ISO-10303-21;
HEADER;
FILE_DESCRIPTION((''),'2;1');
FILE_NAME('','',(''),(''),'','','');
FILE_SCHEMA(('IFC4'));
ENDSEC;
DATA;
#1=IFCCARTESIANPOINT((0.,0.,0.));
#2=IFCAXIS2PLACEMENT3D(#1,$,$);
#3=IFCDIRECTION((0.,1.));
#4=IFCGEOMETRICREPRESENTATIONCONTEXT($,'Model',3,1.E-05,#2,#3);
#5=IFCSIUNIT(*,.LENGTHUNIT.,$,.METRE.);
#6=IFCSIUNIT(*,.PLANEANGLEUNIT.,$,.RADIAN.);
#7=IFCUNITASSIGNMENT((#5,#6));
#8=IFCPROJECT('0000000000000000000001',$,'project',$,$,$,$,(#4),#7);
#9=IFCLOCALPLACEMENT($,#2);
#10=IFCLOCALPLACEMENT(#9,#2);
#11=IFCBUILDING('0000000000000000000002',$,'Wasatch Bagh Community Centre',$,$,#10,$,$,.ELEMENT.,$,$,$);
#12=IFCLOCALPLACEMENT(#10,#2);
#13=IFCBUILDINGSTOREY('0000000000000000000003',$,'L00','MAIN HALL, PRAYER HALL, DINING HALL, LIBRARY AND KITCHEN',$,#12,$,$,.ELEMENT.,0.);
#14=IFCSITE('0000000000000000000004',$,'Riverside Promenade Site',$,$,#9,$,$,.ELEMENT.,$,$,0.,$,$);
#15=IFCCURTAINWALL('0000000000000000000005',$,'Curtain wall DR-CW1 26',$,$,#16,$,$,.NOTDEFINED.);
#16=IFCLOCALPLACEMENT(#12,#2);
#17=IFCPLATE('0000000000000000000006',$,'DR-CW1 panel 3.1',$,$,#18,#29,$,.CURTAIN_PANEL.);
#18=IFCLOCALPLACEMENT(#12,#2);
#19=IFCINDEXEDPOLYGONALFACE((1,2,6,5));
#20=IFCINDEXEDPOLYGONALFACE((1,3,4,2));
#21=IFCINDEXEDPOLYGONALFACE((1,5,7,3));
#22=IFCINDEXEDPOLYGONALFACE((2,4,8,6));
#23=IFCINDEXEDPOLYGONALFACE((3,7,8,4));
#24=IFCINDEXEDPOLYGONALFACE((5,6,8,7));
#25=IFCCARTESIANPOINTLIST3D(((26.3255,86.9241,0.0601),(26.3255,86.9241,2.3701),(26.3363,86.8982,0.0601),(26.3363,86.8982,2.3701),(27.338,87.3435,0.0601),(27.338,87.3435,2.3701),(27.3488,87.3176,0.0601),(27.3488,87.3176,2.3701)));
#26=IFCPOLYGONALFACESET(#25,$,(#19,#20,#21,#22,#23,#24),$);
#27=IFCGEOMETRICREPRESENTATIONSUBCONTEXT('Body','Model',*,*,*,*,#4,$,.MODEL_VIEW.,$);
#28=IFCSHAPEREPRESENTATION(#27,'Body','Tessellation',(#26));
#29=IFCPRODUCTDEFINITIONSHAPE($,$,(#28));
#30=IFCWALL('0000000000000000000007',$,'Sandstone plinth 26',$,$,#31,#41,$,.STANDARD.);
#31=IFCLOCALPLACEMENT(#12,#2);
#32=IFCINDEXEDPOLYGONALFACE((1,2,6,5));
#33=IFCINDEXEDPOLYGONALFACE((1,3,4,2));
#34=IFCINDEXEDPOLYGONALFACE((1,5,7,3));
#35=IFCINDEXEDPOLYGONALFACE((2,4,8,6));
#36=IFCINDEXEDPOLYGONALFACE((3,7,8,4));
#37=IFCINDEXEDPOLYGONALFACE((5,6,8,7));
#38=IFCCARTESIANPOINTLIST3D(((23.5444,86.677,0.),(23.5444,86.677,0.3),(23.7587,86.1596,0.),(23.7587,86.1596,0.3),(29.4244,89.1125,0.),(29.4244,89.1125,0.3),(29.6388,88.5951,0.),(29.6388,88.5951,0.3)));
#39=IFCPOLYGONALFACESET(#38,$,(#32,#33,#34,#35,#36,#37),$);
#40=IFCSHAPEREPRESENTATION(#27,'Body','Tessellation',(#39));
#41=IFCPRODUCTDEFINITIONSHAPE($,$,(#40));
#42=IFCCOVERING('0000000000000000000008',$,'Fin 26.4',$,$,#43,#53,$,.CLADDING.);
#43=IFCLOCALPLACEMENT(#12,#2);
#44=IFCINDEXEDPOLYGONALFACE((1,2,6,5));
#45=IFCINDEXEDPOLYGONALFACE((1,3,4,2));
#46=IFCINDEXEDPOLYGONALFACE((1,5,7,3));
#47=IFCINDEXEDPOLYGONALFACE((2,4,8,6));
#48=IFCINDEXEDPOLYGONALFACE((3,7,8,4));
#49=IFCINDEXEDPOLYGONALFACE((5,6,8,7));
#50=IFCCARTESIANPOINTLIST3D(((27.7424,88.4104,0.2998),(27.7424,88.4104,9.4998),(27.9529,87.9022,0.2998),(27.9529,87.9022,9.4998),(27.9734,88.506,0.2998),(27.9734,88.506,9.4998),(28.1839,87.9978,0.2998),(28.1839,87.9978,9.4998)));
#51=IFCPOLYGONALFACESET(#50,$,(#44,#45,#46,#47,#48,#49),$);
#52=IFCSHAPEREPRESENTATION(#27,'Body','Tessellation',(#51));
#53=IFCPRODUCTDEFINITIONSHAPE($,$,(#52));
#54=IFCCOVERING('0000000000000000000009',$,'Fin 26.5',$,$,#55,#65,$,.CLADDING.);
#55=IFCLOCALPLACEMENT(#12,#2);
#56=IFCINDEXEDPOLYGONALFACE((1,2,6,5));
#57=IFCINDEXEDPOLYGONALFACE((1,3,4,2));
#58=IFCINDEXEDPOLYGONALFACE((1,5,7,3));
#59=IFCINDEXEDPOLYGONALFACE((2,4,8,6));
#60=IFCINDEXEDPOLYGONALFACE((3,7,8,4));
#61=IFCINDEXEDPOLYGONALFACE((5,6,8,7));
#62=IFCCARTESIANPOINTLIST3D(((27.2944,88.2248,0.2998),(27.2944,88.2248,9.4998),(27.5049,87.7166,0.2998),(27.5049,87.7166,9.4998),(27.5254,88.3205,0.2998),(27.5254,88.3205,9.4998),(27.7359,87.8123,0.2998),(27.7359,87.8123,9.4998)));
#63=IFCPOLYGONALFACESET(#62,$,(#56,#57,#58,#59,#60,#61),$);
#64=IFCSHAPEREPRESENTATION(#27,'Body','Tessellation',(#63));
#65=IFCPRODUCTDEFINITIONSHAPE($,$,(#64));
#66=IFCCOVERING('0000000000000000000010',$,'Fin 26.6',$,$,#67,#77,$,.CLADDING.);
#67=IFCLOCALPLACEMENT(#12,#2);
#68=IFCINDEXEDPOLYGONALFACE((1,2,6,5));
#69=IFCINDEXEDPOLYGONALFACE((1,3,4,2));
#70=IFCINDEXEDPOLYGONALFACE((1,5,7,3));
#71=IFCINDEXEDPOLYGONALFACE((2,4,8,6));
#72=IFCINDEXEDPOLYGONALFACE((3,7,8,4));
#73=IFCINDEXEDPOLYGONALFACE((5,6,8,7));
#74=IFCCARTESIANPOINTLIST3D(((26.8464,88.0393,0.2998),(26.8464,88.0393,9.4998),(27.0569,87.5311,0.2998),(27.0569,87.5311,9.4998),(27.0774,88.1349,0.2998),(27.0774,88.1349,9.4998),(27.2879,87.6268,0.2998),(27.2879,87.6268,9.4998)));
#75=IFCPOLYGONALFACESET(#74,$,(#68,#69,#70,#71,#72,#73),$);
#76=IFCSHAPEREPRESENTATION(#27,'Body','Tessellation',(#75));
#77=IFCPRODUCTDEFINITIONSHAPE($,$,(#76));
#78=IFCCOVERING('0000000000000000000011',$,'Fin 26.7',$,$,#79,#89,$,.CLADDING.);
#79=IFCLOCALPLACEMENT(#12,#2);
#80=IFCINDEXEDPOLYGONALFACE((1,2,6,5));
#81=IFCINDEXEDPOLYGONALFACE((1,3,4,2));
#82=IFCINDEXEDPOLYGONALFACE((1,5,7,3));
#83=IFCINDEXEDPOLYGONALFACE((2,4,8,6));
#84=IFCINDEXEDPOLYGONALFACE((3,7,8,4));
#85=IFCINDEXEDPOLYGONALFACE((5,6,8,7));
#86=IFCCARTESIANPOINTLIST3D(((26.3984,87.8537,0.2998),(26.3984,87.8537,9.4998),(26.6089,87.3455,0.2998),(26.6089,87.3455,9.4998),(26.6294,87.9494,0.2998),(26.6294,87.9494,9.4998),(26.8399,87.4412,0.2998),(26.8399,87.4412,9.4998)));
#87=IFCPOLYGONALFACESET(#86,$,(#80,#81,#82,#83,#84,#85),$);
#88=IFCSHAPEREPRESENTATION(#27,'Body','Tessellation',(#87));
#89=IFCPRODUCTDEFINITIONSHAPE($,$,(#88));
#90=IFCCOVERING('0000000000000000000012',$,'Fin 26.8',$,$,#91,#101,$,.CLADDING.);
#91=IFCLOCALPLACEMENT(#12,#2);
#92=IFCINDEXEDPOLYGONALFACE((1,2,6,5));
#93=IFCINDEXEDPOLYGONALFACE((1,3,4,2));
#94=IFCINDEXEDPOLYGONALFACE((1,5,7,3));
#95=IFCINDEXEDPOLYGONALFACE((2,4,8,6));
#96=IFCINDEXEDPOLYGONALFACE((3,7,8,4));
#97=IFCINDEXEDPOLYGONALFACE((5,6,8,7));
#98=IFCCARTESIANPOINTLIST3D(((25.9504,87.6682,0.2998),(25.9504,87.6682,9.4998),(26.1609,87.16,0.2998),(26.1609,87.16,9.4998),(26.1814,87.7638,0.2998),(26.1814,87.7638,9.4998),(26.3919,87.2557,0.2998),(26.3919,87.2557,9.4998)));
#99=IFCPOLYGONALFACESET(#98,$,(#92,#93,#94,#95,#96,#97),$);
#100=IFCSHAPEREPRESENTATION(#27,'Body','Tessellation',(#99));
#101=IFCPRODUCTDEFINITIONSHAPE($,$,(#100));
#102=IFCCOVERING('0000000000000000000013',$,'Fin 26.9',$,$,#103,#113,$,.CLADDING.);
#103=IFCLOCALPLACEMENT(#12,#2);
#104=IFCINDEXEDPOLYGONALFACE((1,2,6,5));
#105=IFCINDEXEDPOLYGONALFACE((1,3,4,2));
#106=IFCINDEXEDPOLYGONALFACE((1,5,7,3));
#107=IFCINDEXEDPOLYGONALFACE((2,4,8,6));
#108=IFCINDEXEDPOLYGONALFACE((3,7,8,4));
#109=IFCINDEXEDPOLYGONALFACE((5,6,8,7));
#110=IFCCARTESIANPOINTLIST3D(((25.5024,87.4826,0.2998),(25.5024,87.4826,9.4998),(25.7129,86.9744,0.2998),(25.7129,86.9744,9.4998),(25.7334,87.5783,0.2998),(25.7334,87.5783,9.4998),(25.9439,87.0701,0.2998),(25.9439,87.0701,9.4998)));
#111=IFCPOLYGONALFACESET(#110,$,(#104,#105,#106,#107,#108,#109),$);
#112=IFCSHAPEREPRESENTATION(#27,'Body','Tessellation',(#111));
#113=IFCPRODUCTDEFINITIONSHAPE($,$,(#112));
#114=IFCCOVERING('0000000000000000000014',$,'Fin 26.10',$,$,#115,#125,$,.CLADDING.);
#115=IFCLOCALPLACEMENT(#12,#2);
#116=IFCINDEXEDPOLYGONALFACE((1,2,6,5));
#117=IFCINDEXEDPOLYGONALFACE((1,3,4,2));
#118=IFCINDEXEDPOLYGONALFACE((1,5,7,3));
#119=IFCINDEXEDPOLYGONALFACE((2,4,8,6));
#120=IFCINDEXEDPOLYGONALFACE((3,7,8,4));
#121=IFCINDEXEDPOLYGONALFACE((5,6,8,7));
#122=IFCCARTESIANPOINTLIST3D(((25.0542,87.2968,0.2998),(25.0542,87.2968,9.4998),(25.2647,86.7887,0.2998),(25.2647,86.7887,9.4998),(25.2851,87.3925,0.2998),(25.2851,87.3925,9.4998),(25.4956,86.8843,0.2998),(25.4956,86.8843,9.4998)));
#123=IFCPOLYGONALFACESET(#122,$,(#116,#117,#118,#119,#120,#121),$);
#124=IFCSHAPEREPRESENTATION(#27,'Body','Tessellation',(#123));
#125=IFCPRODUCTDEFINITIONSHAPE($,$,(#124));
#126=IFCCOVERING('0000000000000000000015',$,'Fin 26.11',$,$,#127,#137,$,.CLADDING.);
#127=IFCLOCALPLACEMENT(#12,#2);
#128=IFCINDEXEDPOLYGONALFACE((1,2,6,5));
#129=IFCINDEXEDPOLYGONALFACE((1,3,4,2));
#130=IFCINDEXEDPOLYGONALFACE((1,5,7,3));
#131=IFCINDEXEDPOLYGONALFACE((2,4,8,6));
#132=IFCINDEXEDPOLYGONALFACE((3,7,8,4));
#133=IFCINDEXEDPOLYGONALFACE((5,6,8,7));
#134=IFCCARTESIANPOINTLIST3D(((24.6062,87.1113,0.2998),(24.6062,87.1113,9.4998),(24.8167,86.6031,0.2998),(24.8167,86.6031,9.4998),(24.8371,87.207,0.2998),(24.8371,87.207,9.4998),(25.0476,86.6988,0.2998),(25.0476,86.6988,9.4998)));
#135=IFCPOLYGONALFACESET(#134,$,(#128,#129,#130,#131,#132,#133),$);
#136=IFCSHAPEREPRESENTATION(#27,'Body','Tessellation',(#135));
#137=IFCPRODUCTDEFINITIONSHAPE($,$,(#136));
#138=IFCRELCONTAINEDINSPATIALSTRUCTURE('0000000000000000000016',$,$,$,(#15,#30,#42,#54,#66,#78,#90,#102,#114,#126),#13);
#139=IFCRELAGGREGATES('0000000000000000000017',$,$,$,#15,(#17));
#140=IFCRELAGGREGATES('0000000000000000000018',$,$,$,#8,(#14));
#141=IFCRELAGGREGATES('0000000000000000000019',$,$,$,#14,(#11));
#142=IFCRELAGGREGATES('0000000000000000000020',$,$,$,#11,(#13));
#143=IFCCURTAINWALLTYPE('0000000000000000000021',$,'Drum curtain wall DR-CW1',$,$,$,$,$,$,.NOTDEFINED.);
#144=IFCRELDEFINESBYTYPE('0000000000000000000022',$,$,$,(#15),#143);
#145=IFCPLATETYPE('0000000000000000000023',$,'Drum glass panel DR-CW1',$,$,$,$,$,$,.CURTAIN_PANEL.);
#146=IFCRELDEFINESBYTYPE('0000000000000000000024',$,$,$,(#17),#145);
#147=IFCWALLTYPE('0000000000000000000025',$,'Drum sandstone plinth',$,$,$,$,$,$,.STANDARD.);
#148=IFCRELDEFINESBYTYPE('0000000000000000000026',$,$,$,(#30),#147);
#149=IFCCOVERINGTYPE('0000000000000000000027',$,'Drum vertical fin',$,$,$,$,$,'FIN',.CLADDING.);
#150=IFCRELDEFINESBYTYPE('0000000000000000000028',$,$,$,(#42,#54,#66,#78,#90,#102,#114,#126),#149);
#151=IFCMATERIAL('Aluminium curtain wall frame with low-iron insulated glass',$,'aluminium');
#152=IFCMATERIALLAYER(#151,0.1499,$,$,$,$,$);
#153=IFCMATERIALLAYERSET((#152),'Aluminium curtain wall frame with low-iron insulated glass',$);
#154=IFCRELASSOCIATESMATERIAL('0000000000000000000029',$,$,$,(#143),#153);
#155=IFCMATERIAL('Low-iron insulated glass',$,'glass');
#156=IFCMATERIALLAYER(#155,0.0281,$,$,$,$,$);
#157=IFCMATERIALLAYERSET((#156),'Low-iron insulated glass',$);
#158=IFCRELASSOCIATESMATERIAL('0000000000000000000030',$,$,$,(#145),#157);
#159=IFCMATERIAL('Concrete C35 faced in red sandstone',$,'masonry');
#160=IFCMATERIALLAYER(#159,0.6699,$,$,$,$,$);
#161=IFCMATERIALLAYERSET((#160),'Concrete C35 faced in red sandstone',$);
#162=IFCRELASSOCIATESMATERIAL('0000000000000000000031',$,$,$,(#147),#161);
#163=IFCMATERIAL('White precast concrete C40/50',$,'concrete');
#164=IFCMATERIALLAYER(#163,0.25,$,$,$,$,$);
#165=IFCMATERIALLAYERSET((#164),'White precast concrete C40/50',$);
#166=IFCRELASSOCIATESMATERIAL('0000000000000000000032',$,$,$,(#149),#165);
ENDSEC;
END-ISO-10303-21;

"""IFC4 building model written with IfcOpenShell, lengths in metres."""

from ifc_helpers import new_model, si_unit, direction, frame, frame_2d, origin, origin_2d, place, context, subcontext, project, spatial, rectangle, extrude, material, layer, layer_set, type_object, element, aggregate, save


model = new_model("IFC4")

# Units and contexts
model_context = context("Model", 3, precision=1e-05, world=origin(), true_north=direction((0.0, 1.0)))
body_context = subcontext(model_context, "Body", "Model", "MODEL_VIEW")
ifc_project = project(units=[si_unit("LENGTHUNIT", "METRE"), si_unit("PLANEANGLEUNIT", "RADIAN")], contexts=[model_context])

# Site, building, storey
site_placement = place(None, origin())
site = spatial("IfcSite", under=ifc_project, at=site_placement, Name="Riverside Promenade Site", CompositionType="ELEMENT", RefElevation=0.0)
building_placement = place(site_placement, origin())
building = spatial("IfcBuilding", under=site, at=building_placement, Name="Wasatch Bagh Community Centre", CompositionType="ELEMENT")
storey_placement = place(building_placement, origin())
storey = spatial("IfcBuildingStorey", under=building, at=storey_placement, Name="L00", Description="MAIN HALL, PRAYER HALL, DINING HALL, LIBRARY AND KITCHEN", CompositionType="ELEMENT", Elevation=0.0)

# Curtain wall, plate
ifc_material_1 = material(Name="Aluminium curtain wall frame with low-iron insulated glass", Category="aluminium")
ifc_layer_1 = layer(ifc_material_1, 0.1499)
ifc_layer_set_1 = layer_set([ifc_layer_1], Name="Aluminium curtain wall frame with low-iron insulated glass")
curtain_wall_type = type_object("IfcCurtainWallType", Name="Drum curtain wall DR-CW1", PredefinedType="NOTDEFINED", material=ifc_layer_set_1)
curtain_wall_placement = place(storey_placement, origin())
curtain_wall = element("IfcCurtainWall", 1, at=curtain_wall_placement, inside=storey, type_object=curtain_wall_type, Name="Curtain wall DR-CW1 26", PredefinedType="NOTDEFINED")
ifc_material_2 = material(Name="Low-iron insulated glass", Category="glass")
ifc_layer_2 = layer(ifc_material_2, 0.0281)
ifc_layer_set_2 = layer_set([ifc_layer_2], Name="Low-iron insulated glass")
plate_type = type_object("IfcPlateType", Name="Drum glass panel DR-CW1", PredefinedType="CURTAIN_PANEL", material=ifc_layer_set_2)
plate_1_placement = place(storey_placement, frame((26.8372, 87.1208, 0.0601), z_axis=(0.0, 0.0, 1.0), x_axis=(-0.92388, -0.382683, 0.0)))
plate_1 = element("IfcPlate", 2, at=plate_1_placement, type_object=plate_type, Name="DR-CW1 panel 3.1", PredefinedType="CURTAIN_PANEL", context=body_context, shape_type="SweptSolid", body=[
    extrude(rectangle(XDim=1.0959, YDim=0.0281, at=origin_2d()), origin(), (0.0, 0.0, 1.0), 2.3101),
])
aggregate(curtain_wall, [plate_1])

# Wall
ifc_material_3 = material(Name="Concrete C35 faced in red sandstone", Category="masonry")
ifc_layer_3 = layer(ifc_material_3, 0.6699)
ifc_layer_set_3 = layer_set([ifc_layer_3], Name="Concrete C35 faced in red sandstone")
wall_type = type_object("IfcWallType", Name="Drum sandstone plinth", PredefinedType="STANDARD", material=ifc_layer_set_3)
wall_placement = place(storey_placement, frame((29.5315, 88.8538, 0.0), z_axis=(0.0, 0.0, 1.0), x_axis=(-0.923884, -0.382673, 0.0)))
element("IfcWall", 3, at=wall_placement, inside=storey, type_object=wall_type, Name="Sandstone plinth 26", PredefinedType="STANDARD", context=body_context, shape_type="SweptSolid", body=[
    extrude(rectangle(XDim=6.3645, YDim=0.5601, at=frame_2d((3.1821, 0.0))), origin(), (0.0, 0.0, 1.0), 0.3),
])

# Coverings
ifc_material_4 = material(Name="White precast concrete C40/50", Category="concrete")
ifc_layer_4 = layer(ifc_material_4, 0.25)
ifc_layer_set_4 = layer_set([ifc_layer_4], Name="White precast concrete C40/50")
covering_type = type_object("IfcCoveringType", Name="Drum vertical fin", ElementType="FIN", PredefinedType="CLADDING", material=ifc_layer_set_4)
for number, where, z_axis, x_axis, name in (
    (4, (27.9631, 88.2041, 0.2998), (0.0, 0.0, 1.0), (-0.92388, -0.382683, 0.0), "Fin 26.4"),
    (5, (27.5151, 88.0186, 0.2998), (0.0, 0.0, 1.0), (-0.92388, -0.382683, 0.0), "Fin 26.5"),
    (6, (27.0671, 87.833, 0.2998), (0.0, 0.0, 1.0), (-0.92388, -0.382683, 0.0), "Fin 26.6"),
    (7, (26.6191, 87.6475, 0.2998), (0.0, 0.0, 1.0), (-0.92388, -0.382683, 0.0), "Fin 26.7"),
    (8, (26.1711, 87.4619, 0.2998), (0.0, 0.0, 1.0), (-0.92388, -0.382683, 0.0), "Fin 26.8"),
    (9, (25.7231, 87.2764, 0.2998), (0.0, 0.0, 1.0), (-0.92388, -0.382683, 0.0), "Fin 26.9"),
    (10, (25.2749, 87.0906, 0.2998), (0.0, 0.0, 1.0), (-0.92388, -0.382683, 0.0), "Fin 26.10"),
    (11, (24.8269, 86.905, 0.2998), (0.0, 0.0, 1.0), (-0.92388, -0.382683, 0.0), "Fin 26.11"),
):
    element("IfcCovering", number, at=place(storey_placement, frame(where, z_axis=z_axis, x_axis=x_axis)), inside=storey, type_object=covering_type, Name=name, PredefinedType="CLADDING", context=body_context, shape_type="SweptSolid", body=[
        extrude(rectangle(XDim=0.25, YDim=0.55, at=origin_2d()), origin(), (0.0, 0.0, 1.0), 9.2),
    ])

save(model, "model.ifc")
